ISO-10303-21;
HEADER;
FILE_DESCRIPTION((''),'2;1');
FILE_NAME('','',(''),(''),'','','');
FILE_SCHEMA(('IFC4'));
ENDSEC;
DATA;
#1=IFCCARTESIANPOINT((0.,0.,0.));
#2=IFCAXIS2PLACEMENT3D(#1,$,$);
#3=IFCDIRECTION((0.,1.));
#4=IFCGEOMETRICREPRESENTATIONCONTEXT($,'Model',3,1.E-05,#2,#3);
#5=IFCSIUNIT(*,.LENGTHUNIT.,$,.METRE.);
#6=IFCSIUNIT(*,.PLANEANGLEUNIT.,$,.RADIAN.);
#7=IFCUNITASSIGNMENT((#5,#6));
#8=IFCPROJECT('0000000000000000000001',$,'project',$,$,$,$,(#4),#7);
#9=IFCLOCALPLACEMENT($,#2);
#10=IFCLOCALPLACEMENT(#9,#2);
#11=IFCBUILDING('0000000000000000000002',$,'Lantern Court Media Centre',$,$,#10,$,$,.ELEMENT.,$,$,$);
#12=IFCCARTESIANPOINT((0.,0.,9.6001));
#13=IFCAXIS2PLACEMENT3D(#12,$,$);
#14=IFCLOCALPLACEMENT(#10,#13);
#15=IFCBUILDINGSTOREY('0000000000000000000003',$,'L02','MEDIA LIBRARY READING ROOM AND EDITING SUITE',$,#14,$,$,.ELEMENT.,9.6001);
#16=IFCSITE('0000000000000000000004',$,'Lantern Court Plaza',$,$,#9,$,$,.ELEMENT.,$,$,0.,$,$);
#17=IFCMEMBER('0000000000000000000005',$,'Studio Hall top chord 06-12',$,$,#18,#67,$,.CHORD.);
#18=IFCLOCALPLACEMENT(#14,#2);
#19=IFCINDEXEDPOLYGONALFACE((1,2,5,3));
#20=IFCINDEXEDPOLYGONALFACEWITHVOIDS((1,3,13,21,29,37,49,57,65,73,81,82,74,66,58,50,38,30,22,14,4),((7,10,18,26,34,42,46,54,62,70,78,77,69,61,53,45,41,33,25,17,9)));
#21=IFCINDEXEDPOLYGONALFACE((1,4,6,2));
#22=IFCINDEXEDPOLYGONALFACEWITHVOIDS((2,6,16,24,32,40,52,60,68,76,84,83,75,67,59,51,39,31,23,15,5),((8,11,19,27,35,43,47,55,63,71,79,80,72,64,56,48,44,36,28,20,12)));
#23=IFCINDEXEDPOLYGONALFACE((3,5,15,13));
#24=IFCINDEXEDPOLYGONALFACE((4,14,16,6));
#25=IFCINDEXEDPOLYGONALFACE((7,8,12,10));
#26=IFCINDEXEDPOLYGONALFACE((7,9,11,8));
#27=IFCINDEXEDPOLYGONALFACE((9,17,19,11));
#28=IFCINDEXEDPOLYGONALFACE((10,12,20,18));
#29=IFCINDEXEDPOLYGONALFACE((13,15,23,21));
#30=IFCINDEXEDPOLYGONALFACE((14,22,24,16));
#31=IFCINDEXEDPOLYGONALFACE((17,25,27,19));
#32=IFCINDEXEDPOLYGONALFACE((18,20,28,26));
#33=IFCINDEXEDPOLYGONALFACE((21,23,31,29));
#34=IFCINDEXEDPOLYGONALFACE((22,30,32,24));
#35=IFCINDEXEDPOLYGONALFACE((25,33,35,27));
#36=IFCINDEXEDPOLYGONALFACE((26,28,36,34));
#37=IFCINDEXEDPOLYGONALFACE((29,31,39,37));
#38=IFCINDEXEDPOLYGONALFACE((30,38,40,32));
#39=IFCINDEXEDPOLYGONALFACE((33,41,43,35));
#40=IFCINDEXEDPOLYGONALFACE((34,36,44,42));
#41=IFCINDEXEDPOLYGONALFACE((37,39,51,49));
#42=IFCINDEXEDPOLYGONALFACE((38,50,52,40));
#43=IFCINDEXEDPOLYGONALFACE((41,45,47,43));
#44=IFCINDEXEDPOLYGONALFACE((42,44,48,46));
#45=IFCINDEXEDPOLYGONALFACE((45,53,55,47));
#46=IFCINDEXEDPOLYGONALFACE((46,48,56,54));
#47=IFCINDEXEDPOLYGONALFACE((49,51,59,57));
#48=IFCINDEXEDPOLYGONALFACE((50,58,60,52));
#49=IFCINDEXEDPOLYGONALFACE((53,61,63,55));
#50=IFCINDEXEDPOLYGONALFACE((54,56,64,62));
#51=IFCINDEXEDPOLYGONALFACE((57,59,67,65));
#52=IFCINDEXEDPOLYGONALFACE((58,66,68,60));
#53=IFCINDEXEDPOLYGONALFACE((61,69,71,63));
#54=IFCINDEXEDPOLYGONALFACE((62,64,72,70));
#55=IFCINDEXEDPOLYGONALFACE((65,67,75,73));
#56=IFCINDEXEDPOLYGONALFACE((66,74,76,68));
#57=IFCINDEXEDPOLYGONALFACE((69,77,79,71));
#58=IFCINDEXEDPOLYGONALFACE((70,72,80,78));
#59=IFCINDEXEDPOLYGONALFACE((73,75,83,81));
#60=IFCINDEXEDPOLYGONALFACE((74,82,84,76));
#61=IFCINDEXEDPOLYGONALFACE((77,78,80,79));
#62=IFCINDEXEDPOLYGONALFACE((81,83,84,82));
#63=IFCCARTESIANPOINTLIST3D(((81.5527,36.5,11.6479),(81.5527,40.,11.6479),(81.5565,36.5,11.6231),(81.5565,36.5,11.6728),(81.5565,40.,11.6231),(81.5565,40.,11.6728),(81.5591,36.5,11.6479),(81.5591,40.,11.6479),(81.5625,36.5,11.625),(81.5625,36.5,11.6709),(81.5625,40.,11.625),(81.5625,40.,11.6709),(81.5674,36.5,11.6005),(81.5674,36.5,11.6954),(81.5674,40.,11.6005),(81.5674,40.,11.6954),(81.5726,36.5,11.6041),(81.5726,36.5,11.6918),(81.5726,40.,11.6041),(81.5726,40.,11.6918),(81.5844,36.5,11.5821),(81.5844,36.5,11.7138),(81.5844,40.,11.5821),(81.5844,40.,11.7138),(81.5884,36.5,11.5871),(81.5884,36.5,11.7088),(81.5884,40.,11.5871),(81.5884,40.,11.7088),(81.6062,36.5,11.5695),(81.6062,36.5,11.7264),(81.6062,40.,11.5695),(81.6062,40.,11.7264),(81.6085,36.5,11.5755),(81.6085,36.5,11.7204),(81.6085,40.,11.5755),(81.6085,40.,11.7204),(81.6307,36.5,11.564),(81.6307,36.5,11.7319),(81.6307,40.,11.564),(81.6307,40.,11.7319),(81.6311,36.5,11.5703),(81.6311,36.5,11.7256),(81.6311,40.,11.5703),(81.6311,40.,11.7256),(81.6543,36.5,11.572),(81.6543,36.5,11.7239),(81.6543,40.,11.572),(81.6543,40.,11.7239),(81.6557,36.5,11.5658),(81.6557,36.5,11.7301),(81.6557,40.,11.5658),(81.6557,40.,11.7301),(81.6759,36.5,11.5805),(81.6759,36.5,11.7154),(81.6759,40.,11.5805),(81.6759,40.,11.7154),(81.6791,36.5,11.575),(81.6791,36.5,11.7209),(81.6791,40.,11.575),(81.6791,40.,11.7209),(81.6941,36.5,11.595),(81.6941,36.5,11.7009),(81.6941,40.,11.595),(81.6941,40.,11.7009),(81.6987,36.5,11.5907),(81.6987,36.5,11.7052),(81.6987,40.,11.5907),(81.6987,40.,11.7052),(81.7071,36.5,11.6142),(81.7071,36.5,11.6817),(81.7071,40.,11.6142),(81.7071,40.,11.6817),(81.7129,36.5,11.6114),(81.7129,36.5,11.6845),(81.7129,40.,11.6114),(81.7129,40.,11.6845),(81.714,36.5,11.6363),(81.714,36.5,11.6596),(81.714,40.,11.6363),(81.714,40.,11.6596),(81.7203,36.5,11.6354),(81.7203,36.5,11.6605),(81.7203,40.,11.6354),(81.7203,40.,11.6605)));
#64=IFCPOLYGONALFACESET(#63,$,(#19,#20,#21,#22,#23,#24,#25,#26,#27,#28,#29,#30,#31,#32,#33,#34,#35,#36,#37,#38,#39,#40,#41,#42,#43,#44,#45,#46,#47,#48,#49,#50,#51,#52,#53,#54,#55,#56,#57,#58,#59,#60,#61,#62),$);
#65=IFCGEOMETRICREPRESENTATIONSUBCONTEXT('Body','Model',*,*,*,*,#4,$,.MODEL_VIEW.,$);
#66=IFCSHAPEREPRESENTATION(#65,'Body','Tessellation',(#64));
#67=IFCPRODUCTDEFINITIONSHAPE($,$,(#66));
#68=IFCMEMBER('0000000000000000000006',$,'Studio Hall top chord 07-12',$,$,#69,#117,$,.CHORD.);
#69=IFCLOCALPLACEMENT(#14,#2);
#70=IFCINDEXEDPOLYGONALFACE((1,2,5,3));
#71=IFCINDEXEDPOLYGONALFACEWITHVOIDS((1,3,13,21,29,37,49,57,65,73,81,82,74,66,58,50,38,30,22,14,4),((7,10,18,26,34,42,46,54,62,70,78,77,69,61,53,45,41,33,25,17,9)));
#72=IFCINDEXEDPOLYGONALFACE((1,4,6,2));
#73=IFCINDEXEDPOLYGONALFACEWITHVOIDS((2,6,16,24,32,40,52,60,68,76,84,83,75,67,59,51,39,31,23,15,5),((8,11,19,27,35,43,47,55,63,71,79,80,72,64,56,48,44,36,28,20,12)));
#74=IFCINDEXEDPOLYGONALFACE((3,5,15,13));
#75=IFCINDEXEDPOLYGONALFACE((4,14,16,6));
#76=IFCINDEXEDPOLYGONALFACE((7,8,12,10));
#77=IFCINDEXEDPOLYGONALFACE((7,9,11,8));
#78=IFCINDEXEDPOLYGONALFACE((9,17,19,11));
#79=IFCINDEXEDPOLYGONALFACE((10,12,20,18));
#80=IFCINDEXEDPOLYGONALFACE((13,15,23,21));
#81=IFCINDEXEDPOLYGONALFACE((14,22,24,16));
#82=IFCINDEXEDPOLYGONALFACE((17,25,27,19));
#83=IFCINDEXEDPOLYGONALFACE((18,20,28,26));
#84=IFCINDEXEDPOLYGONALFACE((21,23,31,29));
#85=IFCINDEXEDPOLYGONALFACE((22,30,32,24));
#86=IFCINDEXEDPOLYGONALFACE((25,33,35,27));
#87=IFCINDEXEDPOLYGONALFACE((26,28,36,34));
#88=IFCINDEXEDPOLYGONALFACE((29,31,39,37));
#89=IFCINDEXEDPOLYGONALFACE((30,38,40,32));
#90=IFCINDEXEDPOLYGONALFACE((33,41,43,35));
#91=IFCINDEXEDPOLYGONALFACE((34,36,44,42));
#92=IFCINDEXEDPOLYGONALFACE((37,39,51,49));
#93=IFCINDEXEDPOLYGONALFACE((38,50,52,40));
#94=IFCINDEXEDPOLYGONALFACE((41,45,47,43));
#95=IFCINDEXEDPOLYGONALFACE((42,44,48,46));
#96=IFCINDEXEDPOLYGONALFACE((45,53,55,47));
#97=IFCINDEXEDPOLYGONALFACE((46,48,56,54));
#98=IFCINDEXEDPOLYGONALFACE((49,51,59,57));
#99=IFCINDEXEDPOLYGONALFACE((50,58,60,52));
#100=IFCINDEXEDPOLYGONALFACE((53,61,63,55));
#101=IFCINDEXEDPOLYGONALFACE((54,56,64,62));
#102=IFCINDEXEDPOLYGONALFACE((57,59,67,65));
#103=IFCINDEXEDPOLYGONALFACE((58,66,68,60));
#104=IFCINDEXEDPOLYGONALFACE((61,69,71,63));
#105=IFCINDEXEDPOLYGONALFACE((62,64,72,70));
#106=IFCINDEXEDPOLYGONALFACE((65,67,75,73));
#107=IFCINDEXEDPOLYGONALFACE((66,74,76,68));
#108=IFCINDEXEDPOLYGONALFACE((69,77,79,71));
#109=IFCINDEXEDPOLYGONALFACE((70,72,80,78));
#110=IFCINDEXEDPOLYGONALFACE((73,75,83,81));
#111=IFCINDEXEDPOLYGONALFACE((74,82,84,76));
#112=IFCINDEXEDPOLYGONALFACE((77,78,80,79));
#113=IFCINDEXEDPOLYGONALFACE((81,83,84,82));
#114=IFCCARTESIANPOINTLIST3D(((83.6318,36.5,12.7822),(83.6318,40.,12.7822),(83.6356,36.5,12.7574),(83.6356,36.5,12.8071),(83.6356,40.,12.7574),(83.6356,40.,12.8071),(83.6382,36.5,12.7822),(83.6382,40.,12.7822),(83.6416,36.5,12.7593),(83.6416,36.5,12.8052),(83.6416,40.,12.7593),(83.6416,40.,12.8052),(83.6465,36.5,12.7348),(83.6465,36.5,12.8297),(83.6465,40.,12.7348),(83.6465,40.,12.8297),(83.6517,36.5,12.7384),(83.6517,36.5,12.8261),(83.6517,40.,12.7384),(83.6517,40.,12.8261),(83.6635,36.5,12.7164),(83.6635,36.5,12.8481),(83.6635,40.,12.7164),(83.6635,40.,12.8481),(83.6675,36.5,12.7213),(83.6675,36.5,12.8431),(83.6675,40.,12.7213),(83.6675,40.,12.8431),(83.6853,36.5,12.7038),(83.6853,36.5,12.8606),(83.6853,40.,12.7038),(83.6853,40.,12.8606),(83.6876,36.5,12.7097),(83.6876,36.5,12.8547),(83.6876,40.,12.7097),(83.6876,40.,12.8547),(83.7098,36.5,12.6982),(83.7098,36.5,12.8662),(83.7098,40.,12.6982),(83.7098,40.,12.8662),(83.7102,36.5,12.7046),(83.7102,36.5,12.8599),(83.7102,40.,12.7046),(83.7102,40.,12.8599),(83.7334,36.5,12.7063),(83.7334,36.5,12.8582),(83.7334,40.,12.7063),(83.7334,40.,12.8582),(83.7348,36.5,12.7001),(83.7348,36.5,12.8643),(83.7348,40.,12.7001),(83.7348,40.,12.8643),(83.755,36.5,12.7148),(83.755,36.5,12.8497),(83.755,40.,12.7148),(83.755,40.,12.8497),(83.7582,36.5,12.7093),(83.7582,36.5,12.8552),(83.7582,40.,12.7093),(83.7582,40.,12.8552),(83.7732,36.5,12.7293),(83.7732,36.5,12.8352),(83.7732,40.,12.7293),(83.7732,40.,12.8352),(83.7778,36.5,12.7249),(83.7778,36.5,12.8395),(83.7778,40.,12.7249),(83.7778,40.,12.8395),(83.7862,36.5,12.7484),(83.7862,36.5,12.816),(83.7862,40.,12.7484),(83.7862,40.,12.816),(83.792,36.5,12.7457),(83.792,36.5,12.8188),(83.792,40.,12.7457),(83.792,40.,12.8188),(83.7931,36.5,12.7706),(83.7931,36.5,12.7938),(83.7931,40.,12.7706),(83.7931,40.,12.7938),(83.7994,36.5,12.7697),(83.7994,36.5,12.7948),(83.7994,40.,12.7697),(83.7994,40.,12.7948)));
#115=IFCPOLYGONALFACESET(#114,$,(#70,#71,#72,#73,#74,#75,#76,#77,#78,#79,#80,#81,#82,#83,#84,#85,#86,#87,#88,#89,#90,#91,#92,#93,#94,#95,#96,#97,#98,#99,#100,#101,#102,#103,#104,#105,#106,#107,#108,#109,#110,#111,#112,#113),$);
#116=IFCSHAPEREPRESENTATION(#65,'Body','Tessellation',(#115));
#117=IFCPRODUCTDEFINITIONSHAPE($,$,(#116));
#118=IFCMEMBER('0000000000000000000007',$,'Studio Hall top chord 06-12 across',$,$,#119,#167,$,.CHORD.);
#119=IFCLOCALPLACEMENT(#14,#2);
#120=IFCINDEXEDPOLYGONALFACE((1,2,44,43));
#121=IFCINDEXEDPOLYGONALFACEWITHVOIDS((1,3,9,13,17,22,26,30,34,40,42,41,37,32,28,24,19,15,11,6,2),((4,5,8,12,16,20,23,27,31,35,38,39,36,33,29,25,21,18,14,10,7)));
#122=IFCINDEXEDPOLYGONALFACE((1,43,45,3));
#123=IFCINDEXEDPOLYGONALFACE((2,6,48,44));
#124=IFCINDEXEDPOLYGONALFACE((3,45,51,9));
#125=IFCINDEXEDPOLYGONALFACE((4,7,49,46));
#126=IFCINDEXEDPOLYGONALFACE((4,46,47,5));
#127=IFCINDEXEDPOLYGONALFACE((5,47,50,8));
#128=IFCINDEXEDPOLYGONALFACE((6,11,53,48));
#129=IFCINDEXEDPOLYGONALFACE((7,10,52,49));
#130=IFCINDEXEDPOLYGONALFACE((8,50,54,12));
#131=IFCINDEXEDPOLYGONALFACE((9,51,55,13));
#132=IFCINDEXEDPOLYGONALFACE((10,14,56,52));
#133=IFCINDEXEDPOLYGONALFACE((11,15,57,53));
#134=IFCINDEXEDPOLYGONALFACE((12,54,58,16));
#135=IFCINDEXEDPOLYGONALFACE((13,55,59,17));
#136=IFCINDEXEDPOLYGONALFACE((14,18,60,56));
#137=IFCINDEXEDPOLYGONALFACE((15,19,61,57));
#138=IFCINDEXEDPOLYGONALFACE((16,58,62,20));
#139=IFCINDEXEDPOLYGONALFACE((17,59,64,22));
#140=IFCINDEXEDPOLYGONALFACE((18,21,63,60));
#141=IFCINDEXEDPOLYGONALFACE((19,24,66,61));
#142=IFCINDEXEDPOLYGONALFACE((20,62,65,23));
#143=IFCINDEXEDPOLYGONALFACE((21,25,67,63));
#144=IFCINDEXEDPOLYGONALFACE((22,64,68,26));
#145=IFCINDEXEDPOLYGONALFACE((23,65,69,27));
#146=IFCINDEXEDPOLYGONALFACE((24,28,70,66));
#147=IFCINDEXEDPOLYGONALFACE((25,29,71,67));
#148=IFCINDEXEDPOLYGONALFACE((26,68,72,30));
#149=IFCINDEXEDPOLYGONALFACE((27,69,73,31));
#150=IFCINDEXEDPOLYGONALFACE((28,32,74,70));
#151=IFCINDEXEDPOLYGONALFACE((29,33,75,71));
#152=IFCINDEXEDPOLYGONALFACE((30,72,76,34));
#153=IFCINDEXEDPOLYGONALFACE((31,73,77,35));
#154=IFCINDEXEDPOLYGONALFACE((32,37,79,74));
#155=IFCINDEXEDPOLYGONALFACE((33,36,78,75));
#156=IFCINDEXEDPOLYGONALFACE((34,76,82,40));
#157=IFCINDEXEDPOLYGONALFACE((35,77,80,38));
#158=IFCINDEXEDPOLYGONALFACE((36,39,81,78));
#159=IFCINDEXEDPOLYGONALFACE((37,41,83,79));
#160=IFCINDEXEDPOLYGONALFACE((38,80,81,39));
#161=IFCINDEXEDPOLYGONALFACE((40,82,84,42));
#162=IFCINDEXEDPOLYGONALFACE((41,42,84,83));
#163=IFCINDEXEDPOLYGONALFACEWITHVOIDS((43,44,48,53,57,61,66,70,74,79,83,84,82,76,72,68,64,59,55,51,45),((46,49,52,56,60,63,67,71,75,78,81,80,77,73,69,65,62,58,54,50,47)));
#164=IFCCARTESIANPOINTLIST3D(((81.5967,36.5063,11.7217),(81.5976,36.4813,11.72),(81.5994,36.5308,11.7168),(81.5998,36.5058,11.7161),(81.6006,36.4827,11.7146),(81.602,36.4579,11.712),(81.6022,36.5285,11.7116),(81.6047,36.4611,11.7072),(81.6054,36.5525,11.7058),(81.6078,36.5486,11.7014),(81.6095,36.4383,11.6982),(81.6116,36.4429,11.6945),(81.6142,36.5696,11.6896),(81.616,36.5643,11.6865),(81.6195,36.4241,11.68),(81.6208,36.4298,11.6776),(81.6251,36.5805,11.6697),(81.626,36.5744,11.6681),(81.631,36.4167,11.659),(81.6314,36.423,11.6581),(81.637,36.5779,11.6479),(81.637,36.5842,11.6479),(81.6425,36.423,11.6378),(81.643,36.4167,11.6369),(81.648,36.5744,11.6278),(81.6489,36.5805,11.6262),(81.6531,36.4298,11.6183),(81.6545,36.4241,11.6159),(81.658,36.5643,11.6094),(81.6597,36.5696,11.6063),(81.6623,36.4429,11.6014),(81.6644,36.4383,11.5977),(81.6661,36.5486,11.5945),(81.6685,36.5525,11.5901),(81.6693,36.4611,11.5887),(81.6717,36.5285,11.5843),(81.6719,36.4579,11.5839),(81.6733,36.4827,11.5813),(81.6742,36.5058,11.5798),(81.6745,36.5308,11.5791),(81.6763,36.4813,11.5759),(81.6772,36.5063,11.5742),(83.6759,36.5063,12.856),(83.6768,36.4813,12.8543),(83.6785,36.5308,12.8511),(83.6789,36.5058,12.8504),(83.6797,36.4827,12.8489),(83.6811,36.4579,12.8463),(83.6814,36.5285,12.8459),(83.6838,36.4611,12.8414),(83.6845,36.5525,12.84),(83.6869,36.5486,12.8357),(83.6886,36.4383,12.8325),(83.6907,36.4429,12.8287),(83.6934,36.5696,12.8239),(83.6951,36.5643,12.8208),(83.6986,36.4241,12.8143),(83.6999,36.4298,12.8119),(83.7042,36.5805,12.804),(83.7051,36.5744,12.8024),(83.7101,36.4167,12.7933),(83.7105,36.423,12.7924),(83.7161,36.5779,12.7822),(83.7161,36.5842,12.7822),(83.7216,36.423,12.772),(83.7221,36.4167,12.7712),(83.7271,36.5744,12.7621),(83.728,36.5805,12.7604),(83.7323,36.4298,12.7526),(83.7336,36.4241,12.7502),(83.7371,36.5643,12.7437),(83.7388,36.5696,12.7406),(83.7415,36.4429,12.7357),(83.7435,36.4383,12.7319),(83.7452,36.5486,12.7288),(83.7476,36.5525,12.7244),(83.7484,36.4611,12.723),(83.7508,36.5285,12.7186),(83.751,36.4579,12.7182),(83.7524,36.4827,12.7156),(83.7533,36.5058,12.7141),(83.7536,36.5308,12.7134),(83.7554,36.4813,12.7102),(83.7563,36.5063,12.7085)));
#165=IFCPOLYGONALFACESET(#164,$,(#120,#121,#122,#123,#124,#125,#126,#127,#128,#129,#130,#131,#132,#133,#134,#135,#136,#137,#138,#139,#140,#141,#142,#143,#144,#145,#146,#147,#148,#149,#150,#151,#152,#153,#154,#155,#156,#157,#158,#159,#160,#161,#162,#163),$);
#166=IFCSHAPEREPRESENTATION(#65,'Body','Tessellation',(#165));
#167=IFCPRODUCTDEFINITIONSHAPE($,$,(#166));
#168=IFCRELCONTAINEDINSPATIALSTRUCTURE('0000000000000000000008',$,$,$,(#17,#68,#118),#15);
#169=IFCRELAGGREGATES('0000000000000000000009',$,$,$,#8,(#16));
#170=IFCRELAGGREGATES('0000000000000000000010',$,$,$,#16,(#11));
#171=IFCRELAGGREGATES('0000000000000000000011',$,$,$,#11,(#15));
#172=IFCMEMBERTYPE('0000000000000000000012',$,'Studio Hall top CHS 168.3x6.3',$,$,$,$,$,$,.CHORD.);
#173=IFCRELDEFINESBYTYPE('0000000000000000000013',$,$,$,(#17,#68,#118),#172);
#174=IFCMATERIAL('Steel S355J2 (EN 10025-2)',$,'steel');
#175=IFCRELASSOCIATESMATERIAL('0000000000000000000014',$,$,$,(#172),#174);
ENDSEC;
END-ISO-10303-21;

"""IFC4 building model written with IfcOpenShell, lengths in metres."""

from ifc_helpers import new_model, si_unit, direction, frame, origin, origin_2d, place, context, subcontext, project, spatial, hollow_circle, extrude, material, material_profile, profile_set, type_object, element, save


model = new_model("IFC4")

# Units and contexts
model_context = context("Model", 3, precision=1e-05, world=origin(), true_north=direction((0.0, 1.0)))
body_context = subcontext(model_context, "Body", "Model", "MODEL_VIEW")
ifc_project = project(units=[si_unit("LENGTHUNIT", "METRE"), si_unit("PLANEANGLEUNIT", "RADIAN")], contexts=[model_context])

# Site, building, storey
site_placement = place(None, origin())
site = spatial("IfcSite", under=ifc_project, at=site_placement, Name="Lantern Court Plaza", CompositionType="ELEMENT", RefElevation=0.0)
building_placement = place(site_placement, origin())
building = spatial("IfcBuilding", under=site, at=building_placement, Name="Lantern Court Media Centre", CompositionType="ELEMENT")
storey_placement = place(building_placement, frame((0.0, 0.0, 9.6001)))
storey = spatial("IfcBuildingStorey", under=building, at=storey_placement, Name="L02", Description="MEDIA LIBRARY READING ROOM AND EDITING SUITE", CompositionType="ELEMENT", Elevation=9.6001)

# Members
ifc_material = material(Name="Steel S355J2 (EN 10025-2)", Category="steel")
ifc_material_profile_1 = material_profile(ifc_material, hollow_circle(Radius=0.0842, WallThickness=0.0063, at=origin_2d()), Name="Studio Hall top CHS 168.3x6.3")
ifc_profile_set_1 = profile_set([ifc_material_profile_1], Name="Steel S355J2 (EN 10025-2)")
member_type_1 = type_object("IfcMemberType", Name="Studio Hall top CHS 168.3x6.3", PredefinedType="CHORD", material=ifc_profile_set_1)
for number, where, z_axis, x_axis, name in (
    (1, (81.637, 36.5, 11.6479), (0.0, 1.0, 0.0), (-1.0, 0.0, 0.0), "Studio Hall top chord 06-12"),
    (2, (83.7161, 36.5, 12.7822), (0.0, 1.0, 0.0), (-1.0, 0.0, 0.0), "Studio Hall top chord 07-12"),
):
    element("IfcMember", number, at=place(storey_placement, frame(where, z_axis=z_axis, x_axis=x_axis)), inside=storey, type_object=member_type_1, Name=name, PredefinedType="CHORD", context=body_context, shape_type="SweptSolid", body=[
        extrude(hollow_circle(Radius=0.0842, WallThickness=0.0063, at=origin_2d()), origin(), (0.0, 0.0, 1.0), 3.5),
    ])
member_1_placement = place(storey_placement, frame((81.637, 36.5, 11.6479), z_axis=(0.877856, 0.0, 0.478924), x_axis=(0.0, 1.0, 0.0)))
element("IfcMember", 3, at=member_1_placement, inside=storey, type_object=member_type_1, Name="Studio Hall top chord 06-12 across", PredefinedType="CHORD", context=body_context, shape_type="SweptSolid", body=[
    extrude(hollow_circle(Radius=0.0842, WallThickness=0.0063, at=origin_2d()), origin(), (0.0, 0.0, 1.0), 2.3684),
])

save(model, "model.ifc")
